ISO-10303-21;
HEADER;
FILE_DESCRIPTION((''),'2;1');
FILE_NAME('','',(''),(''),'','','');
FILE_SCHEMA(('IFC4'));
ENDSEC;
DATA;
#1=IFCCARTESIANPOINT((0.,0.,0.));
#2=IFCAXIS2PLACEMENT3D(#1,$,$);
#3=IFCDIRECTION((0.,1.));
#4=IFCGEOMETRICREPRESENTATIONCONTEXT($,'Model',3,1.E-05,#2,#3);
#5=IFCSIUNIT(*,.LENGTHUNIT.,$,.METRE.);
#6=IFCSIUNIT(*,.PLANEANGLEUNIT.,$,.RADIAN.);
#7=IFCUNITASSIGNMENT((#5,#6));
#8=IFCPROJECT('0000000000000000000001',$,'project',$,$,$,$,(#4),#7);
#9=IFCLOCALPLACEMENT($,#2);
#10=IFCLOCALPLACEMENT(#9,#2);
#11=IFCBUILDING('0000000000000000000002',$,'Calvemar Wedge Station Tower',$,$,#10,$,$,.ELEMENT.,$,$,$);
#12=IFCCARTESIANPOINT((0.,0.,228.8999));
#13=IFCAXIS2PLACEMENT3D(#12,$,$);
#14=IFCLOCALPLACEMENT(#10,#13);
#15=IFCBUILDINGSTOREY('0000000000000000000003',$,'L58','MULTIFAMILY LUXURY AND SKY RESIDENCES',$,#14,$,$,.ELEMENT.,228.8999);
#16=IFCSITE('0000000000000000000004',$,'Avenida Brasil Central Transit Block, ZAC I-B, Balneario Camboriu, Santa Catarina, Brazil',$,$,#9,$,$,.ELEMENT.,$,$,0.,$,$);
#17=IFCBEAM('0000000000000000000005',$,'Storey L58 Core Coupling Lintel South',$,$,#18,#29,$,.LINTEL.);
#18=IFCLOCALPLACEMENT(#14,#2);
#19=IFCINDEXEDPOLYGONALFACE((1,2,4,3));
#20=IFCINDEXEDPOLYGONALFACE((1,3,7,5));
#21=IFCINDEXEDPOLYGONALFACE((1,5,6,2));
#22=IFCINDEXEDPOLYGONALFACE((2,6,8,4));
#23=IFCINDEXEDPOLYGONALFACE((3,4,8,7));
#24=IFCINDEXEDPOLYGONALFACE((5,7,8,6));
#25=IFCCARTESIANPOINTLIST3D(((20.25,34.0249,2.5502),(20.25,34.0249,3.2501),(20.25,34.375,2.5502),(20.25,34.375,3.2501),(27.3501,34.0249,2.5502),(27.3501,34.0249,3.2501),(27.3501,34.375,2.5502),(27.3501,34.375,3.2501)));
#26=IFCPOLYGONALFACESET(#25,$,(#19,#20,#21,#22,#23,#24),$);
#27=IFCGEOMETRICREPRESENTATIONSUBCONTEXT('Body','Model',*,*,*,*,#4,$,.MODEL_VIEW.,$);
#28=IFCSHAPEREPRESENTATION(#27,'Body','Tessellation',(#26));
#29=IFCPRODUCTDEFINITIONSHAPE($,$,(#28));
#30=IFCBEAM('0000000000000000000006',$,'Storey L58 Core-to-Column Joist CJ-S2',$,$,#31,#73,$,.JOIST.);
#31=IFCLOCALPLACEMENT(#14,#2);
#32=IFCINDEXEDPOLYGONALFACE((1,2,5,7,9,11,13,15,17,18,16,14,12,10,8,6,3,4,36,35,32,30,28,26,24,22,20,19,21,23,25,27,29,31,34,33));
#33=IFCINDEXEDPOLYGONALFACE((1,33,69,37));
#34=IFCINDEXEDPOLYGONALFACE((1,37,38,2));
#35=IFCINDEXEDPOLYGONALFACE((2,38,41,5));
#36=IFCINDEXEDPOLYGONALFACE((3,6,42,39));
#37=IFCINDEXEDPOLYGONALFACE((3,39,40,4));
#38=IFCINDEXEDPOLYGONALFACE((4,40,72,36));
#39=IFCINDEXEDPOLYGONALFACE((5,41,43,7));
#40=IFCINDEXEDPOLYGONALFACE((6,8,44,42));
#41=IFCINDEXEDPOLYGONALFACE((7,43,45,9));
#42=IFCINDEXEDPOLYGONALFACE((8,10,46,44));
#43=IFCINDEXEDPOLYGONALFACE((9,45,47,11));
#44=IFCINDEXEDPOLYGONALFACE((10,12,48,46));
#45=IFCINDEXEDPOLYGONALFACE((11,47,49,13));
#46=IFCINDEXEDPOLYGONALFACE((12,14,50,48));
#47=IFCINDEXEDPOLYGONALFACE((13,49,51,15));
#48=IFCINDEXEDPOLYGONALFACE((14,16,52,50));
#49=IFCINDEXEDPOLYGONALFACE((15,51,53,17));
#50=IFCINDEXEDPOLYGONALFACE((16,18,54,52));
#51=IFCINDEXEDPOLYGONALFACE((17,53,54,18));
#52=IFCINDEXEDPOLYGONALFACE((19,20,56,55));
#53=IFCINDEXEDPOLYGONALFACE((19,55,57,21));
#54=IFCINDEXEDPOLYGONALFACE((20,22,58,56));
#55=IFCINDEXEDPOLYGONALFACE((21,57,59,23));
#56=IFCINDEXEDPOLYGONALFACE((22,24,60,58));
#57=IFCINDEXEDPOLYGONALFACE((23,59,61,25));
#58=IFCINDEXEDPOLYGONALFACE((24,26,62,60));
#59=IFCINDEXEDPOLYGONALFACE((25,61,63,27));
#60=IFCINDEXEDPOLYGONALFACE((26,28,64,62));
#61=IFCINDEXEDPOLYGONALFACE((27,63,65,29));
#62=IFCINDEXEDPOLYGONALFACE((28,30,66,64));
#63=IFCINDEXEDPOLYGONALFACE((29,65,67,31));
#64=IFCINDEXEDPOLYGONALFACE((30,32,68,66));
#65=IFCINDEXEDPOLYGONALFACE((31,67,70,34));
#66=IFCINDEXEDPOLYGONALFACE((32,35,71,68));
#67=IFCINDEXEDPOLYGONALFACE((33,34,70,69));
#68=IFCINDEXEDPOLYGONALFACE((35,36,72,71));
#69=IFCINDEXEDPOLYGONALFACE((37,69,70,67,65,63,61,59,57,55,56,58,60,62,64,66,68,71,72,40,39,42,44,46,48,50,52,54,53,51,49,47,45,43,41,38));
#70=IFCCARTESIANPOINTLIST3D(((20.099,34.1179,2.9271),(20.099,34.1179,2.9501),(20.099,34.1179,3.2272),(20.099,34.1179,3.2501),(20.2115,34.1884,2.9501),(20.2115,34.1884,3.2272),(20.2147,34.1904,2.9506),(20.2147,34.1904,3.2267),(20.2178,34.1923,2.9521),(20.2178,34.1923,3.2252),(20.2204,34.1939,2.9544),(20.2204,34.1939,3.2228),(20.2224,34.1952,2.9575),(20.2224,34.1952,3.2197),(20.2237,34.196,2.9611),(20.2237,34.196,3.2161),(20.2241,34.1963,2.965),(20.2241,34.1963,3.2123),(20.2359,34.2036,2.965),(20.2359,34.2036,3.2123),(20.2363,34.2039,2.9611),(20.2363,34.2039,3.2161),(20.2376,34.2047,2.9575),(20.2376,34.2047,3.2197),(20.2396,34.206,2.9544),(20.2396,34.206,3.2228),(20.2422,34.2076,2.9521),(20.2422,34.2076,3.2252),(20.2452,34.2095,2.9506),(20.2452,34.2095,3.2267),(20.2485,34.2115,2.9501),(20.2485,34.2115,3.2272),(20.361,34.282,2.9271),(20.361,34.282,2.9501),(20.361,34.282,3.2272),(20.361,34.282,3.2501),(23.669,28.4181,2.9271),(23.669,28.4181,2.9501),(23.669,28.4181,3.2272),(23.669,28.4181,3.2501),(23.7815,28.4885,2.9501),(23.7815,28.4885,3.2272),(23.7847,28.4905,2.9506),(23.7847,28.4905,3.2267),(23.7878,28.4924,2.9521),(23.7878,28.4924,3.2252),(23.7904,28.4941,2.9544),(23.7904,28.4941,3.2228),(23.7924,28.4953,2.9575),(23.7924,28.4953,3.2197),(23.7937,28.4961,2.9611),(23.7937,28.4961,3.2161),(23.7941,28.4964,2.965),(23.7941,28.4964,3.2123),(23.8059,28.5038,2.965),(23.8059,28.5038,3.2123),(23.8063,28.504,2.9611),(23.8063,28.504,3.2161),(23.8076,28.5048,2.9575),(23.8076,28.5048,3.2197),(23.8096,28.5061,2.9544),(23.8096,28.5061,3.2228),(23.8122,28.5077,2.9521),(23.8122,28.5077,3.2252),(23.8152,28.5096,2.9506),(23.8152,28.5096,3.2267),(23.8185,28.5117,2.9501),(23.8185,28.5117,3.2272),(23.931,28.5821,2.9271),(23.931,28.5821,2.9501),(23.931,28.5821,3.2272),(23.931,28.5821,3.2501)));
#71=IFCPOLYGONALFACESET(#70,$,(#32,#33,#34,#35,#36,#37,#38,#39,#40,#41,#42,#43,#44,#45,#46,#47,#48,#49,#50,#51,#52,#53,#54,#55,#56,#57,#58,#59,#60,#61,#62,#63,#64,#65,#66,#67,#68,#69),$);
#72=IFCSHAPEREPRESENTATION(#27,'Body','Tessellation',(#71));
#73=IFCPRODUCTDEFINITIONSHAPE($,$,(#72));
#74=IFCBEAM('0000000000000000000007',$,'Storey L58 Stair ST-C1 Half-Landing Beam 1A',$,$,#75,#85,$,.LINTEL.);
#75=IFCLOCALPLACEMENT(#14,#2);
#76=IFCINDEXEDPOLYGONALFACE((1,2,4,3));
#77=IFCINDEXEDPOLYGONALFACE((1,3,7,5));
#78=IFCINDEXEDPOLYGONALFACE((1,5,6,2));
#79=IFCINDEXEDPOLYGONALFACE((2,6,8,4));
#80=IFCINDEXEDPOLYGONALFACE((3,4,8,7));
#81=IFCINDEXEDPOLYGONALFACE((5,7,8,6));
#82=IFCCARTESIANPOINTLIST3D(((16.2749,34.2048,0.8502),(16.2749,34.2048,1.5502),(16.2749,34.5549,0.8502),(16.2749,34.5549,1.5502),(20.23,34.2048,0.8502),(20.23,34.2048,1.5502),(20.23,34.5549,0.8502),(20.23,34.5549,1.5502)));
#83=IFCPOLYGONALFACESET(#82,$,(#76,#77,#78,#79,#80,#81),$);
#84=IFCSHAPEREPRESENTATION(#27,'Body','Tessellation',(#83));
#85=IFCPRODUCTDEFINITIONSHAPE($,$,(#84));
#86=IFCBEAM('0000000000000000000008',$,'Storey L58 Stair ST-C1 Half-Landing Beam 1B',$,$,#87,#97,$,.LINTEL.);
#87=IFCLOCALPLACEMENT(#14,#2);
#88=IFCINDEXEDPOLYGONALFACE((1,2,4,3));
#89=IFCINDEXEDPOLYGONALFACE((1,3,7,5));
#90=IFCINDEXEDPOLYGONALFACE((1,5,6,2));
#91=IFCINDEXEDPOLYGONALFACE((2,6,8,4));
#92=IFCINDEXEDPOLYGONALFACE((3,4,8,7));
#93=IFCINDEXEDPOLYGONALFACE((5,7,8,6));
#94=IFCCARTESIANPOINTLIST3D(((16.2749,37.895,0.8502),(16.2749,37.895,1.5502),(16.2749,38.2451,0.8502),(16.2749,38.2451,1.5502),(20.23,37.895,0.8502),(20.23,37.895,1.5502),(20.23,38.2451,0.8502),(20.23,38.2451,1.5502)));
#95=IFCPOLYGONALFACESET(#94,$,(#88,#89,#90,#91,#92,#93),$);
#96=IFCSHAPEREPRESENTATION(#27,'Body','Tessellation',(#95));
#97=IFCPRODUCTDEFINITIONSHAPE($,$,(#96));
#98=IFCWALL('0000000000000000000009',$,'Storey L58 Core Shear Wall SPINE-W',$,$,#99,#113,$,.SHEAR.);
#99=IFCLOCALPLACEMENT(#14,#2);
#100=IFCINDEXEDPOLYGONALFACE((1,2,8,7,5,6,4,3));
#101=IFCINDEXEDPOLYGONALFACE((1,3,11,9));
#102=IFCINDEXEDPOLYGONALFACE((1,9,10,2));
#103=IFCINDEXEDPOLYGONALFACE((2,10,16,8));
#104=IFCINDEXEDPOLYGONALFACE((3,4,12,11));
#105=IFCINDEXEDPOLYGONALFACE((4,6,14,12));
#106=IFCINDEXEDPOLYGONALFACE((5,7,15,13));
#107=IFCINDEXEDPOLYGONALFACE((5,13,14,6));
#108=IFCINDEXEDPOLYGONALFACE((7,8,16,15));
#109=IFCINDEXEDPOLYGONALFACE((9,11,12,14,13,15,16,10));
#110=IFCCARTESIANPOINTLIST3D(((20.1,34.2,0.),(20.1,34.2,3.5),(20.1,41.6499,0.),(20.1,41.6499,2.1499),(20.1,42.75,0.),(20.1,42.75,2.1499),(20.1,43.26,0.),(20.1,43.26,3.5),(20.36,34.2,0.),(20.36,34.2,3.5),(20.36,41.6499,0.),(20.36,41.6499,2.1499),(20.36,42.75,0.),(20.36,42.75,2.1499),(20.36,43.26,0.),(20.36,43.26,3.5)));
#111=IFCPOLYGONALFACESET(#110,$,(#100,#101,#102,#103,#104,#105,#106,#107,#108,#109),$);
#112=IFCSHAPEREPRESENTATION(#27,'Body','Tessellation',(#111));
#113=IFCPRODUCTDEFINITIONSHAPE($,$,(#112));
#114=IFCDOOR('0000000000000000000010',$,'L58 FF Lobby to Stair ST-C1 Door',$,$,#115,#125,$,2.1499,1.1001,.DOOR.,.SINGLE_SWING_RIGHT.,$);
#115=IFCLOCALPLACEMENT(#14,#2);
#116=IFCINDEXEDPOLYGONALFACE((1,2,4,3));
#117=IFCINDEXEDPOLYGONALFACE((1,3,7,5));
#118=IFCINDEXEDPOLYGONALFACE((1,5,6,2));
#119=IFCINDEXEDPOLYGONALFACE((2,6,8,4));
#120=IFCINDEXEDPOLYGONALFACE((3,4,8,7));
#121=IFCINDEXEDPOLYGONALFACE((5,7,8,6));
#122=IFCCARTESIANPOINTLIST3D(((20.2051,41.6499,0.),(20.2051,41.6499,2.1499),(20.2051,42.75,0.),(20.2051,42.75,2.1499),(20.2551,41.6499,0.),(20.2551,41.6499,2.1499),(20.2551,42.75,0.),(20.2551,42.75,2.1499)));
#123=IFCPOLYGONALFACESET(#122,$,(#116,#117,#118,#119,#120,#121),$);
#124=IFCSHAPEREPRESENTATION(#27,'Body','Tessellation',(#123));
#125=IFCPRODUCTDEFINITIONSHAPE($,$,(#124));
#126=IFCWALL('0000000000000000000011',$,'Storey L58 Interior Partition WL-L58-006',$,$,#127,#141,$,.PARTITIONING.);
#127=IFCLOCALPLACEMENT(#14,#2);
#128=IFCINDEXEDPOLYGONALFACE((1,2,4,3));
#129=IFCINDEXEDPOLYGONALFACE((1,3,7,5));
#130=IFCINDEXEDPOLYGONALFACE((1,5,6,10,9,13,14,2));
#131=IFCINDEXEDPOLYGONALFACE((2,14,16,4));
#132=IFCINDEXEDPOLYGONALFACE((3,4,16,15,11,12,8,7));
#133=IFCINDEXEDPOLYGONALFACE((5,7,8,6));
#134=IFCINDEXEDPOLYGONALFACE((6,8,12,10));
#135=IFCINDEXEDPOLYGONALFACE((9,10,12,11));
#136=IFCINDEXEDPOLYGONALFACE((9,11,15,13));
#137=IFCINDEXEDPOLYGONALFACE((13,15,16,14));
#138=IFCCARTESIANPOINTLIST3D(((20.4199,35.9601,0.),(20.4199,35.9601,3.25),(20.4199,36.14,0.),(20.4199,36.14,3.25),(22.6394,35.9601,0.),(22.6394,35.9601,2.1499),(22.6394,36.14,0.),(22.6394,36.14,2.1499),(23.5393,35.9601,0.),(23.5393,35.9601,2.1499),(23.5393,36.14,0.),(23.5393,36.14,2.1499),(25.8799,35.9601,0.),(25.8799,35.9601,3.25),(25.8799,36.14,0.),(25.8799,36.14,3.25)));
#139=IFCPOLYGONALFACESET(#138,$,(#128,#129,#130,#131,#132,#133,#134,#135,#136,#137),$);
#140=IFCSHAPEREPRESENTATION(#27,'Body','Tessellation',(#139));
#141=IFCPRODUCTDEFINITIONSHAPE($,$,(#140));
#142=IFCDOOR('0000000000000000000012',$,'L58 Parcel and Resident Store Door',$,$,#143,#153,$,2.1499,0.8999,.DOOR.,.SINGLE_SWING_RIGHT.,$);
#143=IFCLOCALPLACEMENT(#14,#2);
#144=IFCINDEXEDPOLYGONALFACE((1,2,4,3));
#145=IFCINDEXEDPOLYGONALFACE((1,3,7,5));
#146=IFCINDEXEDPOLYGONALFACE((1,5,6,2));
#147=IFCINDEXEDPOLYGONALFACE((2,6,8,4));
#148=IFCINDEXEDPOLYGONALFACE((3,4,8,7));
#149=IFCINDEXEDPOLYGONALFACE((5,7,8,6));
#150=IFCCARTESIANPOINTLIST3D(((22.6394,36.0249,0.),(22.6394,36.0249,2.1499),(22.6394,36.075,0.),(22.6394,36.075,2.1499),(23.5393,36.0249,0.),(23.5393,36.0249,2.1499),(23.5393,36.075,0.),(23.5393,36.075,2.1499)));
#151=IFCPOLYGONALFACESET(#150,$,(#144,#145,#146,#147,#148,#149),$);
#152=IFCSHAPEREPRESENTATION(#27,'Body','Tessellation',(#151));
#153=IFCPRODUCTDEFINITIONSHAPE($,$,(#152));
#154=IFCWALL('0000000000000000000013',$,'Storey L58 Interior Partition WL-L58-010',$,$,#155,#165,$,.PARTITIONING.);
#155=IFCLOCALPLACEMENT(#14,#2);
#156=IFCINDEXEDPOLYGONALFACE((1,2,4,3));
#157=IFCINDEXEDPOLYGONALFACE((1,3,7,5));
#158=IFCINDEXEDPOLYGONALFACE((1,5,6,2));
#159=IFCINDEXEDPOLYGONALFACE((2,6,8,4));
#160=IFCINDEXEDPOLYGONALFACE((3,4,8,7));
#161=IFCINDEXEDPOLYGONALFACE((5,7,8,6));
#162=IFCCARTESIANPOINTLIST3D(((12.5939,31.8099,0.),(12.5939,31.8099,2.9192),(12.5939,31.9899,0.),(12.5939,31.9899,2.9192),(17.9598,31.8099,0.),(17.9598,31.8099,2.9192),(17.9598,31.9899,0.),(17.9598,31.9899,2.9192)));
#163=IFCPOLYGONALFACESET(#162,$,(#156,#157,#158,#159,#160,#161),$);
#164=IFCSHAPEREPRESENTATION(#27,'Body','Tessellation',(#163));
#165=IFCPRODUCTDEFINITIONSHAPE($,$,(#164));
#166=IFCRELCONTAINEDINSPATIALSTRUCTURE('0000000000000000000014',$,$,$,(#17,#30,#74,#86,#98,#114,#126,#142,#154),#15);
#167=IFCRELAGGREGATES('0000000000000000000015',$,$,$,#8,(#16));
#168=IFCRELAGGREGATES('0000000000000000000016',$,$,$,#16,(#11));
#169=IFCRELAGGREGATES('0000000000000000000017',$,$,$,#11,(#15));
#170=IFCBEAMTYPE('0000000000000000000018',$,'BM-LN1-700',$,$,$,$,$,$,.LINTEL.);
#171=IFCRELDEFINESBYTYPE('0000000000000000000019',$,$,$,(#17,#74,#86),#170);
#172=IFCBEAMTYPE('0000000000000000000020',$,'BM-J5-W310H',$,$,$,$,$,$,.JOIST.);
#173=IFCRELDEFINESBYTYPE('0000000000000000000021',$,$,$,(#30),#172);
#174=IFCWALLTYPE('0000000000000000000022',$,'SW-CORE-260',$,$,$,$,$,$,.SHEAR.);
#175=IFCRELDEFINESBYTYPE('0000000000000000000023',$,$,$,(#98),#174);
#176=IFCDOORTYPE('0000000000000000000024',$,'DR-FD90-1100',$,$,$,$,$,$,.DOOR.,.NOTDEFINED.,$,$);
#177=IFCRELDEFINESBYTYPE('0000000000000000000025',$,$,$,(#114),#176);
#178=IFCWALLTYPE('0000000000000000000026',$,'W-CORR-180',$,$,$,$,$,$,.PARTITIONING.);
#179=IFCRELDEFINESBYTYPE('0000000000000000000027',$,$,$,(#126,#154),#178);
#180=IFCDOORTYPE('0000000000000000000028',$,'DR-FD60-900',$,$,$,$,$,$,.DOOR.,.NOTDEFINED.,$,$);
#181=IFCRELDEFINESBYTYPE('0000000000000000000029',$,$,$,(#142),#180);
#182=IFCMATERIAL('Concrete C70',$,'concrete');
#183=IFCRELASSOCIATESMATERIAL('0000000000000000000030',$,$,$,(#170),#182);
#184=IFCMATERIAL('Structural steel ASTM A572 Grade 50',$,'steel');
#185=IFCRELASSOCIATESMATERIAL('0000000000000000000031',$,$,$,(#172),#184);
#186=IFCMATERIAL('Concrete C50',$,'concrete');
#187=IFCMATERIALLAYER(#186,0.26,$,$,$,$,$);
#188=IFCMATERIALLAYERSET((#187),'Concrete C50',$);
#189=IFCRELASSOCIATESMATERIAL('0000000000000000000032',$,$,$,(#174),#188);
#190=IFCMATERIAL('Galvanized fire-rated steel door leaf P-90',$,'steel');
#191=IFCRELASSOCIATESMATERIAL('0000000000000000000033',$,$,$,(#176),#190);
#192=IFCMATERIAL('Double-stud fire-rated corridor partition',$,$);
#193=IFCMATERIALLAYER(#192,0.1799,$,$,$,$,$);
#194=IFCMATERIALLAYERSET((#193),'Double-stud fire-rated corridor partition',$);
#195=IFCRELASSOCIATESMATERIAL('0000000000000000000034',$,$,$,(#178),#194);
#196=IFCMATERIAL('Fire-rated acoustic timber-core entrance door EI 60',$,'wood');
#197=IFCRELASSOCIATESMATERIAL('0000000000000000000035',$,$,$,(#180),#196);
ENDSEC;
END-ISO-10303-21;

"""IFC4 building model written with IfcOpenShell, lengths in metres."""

from ifc_helpers import new_model, si_unit, direction, frame, frame_2d, origin, origin_2d, place, context, subcontext, project, spatial, rectangle, i_section, extrude, source, transform, mapped, material, layer, layer_set, material_profile, profile_set, type_object, element, fill, save


model = new_model("IFC4")

# Units and contexts
model_context = context("Model", 3, precision=1e-05, world=origin(), true_north=direction((0.0, 1.0)))
body_context = subcontext(model_context, "Body", "Model", "MODEL_VIEW")
ifc_project = project(units=[si_unit("LENGTHUNIT", "METRE"), si_unit("PLANEANGLEUNIT", "RADIAN")], contexts=[model_context])

# Site, building, storey
site_placement = place(None, origin())
site = spatial("IfcSite", under=ifc_project, at=site_placement, Name="Avenida Brasil Central Transit Block, ZAC I-B, Balneario Camboriu, Santa Catarina, Brazil", CompositionType="ELEMENT", RefElevation=0.0)
building_placement = place(site_placement, origin())
building = spatial("IfcBuilding", under=site, at=building_placement, Name="Calvemar Wedge Station Tower", CompositionType="ELEMENT")
storey_placement = place(building_placement, frame((0.0, 0.0, 228.8999)))
storey = spatial("IfcBuildingStorey", under=building, at=storey_placement, Name="L58", Description="MULTIFAMILY LUXURY AND SKY RESIDENCES", CompositionType="ELEMENT", Elevation=228.8999)

# Beams
ifc_material_1 = material(Name="Concrete C70", Category="concrete")
ifc_material_profile_1 = material_profile(ifc_material_1, rectangle(XDim=0.3501, YDim=0.7, at=origin_2d()), Name="RC350x700")
ifc_profile_set_1 = profile_set([ifc_material_profile_1], Name="Concrete C70")
beam_type_1 = type_object("IfcBeamType", Name="BM-LN1-700", PredefinedType="LINTEL", material=ifc_profile_set_1)
shared_shape_1 = source(origin(), body_context, "Body", "SweptSolid", [
    extrude(rectangle(XDim=0.3501, YDim=0.7, at=origin_2d()), origin(), (0.0, 0.0, 1.0), 7.1001),
])
beam_1_placement = place(storey_placement, frame((20.25, 34.2, 2.9001), z_axis=(1.0, 0.0, 0.0), x_axis=(0.0, 1.0, 0.0)))
element("IfcBeam", 1, at=beam_1_placement, inside=storey, type_object=beam_type_1, Name="Storey L58 Core Coupling Lintel South", PredefinedType="LINTEL", context=body_context, shape_type="MappedRepresentation", body=[
    mapped(shared_shape_1, transform((0.0, 0.0, 0.0), scale=1.0)),
])
ifc_material_2 = material(Name="Structural steel ASTM A572 Grade 50", Category="steel")
ifc_material_profile_2 = material_profile(ifc_material_2, i_section(OverallWidth=0.3091, OverallDepth=0.323, WebThickness=0.0139, FlangeThickness=0.0229, FilletRadius=0.0149, at=origin_2d()), Name="W310x143")
ifc_profile_set_2 = profile_set([ifc_material_profile_2], Name="Structural steel ASTM A572 Grade 50")
beam_type_2 = type_object("IfcBeamType", Name="BM-J5-W310H", PredefinedType="JOIST", material=ifc_profile_set_2)
shared_shape_2 = source(origin(), body_context, "Body", "SweptSolid", [
    extrude(i_section(OverallWidth=0.3091, OverallDepth=0.323, WebThickness=0.0139, FlangeThickness=0.0229, FilletRadius=0.0149, at=origin_2d()), origin(), (0.0, 0.0, 1.0), 6.7256),
])
beam_2_placement = place(storey_placement, frame((20.23, 34.2, 3.0886), z_axis=(0.530811, -0.84749, 0.0), x_axis=(0.84749, 0.530811, 0.0)))
element("IfcBeam", 2, at=beam_2_placement, inside=storey, type_object=beam_type_2, Name="Storey L58 Core-to-Column Joist CJ-S2", PredefinedType="JOIST", context=body_context, shape_type="MappedRepresentation", body=[
    mapped(shared_shape_2, transform((0.0, 0.0, 0.0), scale=1.0)),
])
shared_shape_3 = source(origin(), body_context, "Body", "SweptSolid", [
    extrude(rectangle(XDim=0.3501, YDim=0.7, at=origin_2d()), origin(), (0.0, 0.0, 1.0), 3.9551),
])
for number, where, z_axis, x_axis, name in (
    (3, (16.2749, 34.3799, 1.2002), (1.0, 0.0, 0.0), (0.0, 1.0, 0.0), "Storey L58 Stair ST-C1 Half-Landing Beam 1A"),
    (4, (16.2749, 38.0701, 1.2002), (1.0, 0.0, 0.0), (0.0, 1.0, 0.0), "Storey L58 Stair ST-C1 Half-Landing Beam 1B"),
):
    element("IfcBeam", number, at=place(storey_placement, frame(where, z_axis=z_axis, x_axis=x_axis)), inside=storey, type_object=beam_type_1, Name=name, PredefinedType="LINTEL", context=body_context, shape_type="MappedRepresentation", body=[
        mapped(shared_shape_3, transform((0.0, 0.0, 0.0), scale=1.0)),
    ])

# Walls, openings, doors
ifc_material_3 = material(Name="Concrete C50", Category="concrete")
ifc_layer_1 = layer(ifc_material_3, 0.26)
ifc_layer_set_1 = layer_set([ifc_layer_1], Name="Concrete C50")
wall_type_1 = type_object("IfcWallType", Name="SW-CORE-260", PredefinedType="SHEAR", material=ifc_layer_set_1)
wall_1_placement = place(storey_placement, frame((20.23, 34.2, 0.0), z_axis=(0.0, 0.0, 1.0), x_axis=(0.0, 1.0, 0.0)))
wall_1 = element("IfcWall", 5, at=wall_1_placement, inside=storey, type_object=wall_type_1, Name="Storey L58 Core Shear Wall SPINE-W", PredefinedType="SHEAR", context=body_context, shape_type="SweptSolid", body=[
    extrude(rectangle(XDim=9.0601, YDim=0.26, at=frame_2d((4.53, 0.0))), origin(), (0.0, 0.0, 1.0), 3.5),
])
shared_shape_4 = source(origin(), body_context, "Body", "SweptSolid", [
    extrude(rectangle(XDim=1.1001, YDim=2.1499, at=frame_2d((0.55, 1.075))), frame((0.0, 0.1401, 0.0), z_axis=(0.0, -1.0, 0.0), x_axis=(1.0, 0.0, 0.0)), (0.0, 0.0, 1.0), 0.28),
])
opening_1_placement = place(wall_1_placement, frame((7.45, 0.0, 0.0)))
opening_1 = element("IfcOpeningElement", 6, at=opening_1_placement, cuts=wall_1, PredefinedType="OPENING", context=body_context, shape_type="MappedRepresentation", body=[
    mapped(shared_shape_4, transform((0.0, 0.0, 0.0), scale=1.0)),
])
ifc_material_4 = material(Name="Galvanized fire-rated steel door leaf P-90", Category="steel")
door_type_1 = type_object("IfcDoorType", Name="DR-FD90-1100", OperationType="NOTDEFINED", PredefinedType="DOOR", material=ifc_material_4)
shared_shape_5 = source(origin(), body_context, "Body", "SweptSolid", [
    extrude(rectangle(XDim=1.1001, YDim=2.1499, at=frame_2d((0.55, 1.075))), frame((0.0, 0.0249, 0.0), z_axis=(0.0, -1.0, 0.0), x_axis=(1.0, 0.0, 0.0)), (0.0, 0.0, 1.0), 0.05),
])
door_1_placement = place(opening_1_placement, origin())
door_1 = element("IfcDoor", 7, at=door_1_placement, inside=storey, type_object=door_type_1, Name="L58 FF Lobby to Stair ST-C1 Door", OperationType="SINGLE_SWING_RIGHT", OverallHeight=2.1499, OverallWidth=1.1001, PredefinedType="DOOR", context=body_context, shape_type="MappedRepresentation", body=[
    mapped(shared_shape_5, transform((0.0, 0.0, 0.0), scale=1.0)),
])
fill(opening_1, door_1)
ifc_material_5 = material(Name="Double-stud fire-rated corridor partition")
ifc_layer_2 = layer(ifc_material_5, 0.1799)
ifc_layer_set_2 = layer_set([ifc_layer_2], Name="Double-stud fire-rated corridor partition")
wall_type_2 = type_object("IfcWallType", Name="W-CORR-180", PredefinedType="PARTITIONING", material=ifc_layer_set_2)
wall_2_placement = place(storey_placement, frame((20.4199, 36.05, 0.0), z_axis=(0.0, 0.0, 1.0), x_axis=(1.0, 0.0, 0.0)))
wall_2 = element("IfcWall", 8, at=wall_2_placement, inside=storey, type_object=wall_type_2, Name="Storey L58 Interior Partition WL-L58-006", PredefinedType="PARTITIONING", context=body_context, shape_type="SweptSolid", body=[
    extrude(rectangle(XDim=5.46, YDim=0.1799, at=frame_2d((2.73, 0.0))), origin(), (0.0, 0.0, 1.0), 3.25),
])
shared_shape_6 = source(origin(), body_context, "Body", "SweptSolid", [
    extrude(rectangle(XDim=0.8999, YDim=2.1499, at=frame_2d((0.45, 1.075))), frame((0.0, 0.1001, 0.0), z_axis=(0.0, -1.0, 0.0), x_axis=(1.0, 0.0, 0.0)), (0.0, 0.0, 1.0), 0.2),
])
opening_2_placement = place(wall_2_placement, frame((2.2195, 0.0, 0.0)))
opening_2 = element("IfcOpeningElement", 9, at=opening_2_placement, cuts=wall_2, PredefinedType="OPENING", context=body_context, shape_type="MappedRepresentation", body=[
    mapped(shared_shape_6, transform((0.0, 0.0, 0.0), scale=1.0)),
])
ifc_material_6 = material(Name="Fire-rated acoustic timber-core entrance door EI 60", Category="wood")
door_type_2 = type_object("IfcDoorType", Name="DR-FD60-900", OperationType="NOTDEFINED", PredefinedType="DOOR", material=ifc_material_6)
shared_shape_7 = source(origin(), body_context, "Body", "SweptSolid", [
    extrude(rectangle(XDim=0.8999, YDim=2.1499, at=frame_2d((0.45, 1.075))), frame((0.0, 0.0249, 0.0), z_axis=(0.0, -1.0, 0.0), x_axis=(1.0, 0.0, 0.0)), (0.0, 0.0, 1.0), 0.05),
])
door_2_placement = place(opening_2_placement, origin())
door_2 = element("IfcDoor", 10, at=door_2_placement, inside=storey, type_object=door_type_2, Name="L58 Parcel and Resident Store Door", OperationType="SINGLE_SWING_RIGHT", OverallHeight=2.1499, OverallWidth=0.8999, PredefinedType="DOOR", context=body_context, shape_type="MappedRepresentation", body=[
    mapped(shared_shape_7, transform((0.0, 0.0, 0.0), scale=1.0)),
])
fill(opening_2, door_2)

# Wall
wall_3_placement = place(storey_placement, frame((17.96, 31.8999, 0.0), z_axis=(0.0, 0.0, 1.0), x_axis=(-1.0, 0.0, 0.0)))
element("IfcWall", 11, at=wall_3_placement, inside=storey, type_object=wall_type_2, Name="Storey L58 Interior Partition WL-L58-010", PredefinedType="PARTITIONING", context=body_context, shape_type="SweptSolid", body=[
    extrude(rectangle(XDim=5.366, YDim=0.1799, at=frame_2d((2.6831, 0.0))), origin(), (0.0, 0.0, 1.0), 2.9192),
])

save(model, "model.ifc")
